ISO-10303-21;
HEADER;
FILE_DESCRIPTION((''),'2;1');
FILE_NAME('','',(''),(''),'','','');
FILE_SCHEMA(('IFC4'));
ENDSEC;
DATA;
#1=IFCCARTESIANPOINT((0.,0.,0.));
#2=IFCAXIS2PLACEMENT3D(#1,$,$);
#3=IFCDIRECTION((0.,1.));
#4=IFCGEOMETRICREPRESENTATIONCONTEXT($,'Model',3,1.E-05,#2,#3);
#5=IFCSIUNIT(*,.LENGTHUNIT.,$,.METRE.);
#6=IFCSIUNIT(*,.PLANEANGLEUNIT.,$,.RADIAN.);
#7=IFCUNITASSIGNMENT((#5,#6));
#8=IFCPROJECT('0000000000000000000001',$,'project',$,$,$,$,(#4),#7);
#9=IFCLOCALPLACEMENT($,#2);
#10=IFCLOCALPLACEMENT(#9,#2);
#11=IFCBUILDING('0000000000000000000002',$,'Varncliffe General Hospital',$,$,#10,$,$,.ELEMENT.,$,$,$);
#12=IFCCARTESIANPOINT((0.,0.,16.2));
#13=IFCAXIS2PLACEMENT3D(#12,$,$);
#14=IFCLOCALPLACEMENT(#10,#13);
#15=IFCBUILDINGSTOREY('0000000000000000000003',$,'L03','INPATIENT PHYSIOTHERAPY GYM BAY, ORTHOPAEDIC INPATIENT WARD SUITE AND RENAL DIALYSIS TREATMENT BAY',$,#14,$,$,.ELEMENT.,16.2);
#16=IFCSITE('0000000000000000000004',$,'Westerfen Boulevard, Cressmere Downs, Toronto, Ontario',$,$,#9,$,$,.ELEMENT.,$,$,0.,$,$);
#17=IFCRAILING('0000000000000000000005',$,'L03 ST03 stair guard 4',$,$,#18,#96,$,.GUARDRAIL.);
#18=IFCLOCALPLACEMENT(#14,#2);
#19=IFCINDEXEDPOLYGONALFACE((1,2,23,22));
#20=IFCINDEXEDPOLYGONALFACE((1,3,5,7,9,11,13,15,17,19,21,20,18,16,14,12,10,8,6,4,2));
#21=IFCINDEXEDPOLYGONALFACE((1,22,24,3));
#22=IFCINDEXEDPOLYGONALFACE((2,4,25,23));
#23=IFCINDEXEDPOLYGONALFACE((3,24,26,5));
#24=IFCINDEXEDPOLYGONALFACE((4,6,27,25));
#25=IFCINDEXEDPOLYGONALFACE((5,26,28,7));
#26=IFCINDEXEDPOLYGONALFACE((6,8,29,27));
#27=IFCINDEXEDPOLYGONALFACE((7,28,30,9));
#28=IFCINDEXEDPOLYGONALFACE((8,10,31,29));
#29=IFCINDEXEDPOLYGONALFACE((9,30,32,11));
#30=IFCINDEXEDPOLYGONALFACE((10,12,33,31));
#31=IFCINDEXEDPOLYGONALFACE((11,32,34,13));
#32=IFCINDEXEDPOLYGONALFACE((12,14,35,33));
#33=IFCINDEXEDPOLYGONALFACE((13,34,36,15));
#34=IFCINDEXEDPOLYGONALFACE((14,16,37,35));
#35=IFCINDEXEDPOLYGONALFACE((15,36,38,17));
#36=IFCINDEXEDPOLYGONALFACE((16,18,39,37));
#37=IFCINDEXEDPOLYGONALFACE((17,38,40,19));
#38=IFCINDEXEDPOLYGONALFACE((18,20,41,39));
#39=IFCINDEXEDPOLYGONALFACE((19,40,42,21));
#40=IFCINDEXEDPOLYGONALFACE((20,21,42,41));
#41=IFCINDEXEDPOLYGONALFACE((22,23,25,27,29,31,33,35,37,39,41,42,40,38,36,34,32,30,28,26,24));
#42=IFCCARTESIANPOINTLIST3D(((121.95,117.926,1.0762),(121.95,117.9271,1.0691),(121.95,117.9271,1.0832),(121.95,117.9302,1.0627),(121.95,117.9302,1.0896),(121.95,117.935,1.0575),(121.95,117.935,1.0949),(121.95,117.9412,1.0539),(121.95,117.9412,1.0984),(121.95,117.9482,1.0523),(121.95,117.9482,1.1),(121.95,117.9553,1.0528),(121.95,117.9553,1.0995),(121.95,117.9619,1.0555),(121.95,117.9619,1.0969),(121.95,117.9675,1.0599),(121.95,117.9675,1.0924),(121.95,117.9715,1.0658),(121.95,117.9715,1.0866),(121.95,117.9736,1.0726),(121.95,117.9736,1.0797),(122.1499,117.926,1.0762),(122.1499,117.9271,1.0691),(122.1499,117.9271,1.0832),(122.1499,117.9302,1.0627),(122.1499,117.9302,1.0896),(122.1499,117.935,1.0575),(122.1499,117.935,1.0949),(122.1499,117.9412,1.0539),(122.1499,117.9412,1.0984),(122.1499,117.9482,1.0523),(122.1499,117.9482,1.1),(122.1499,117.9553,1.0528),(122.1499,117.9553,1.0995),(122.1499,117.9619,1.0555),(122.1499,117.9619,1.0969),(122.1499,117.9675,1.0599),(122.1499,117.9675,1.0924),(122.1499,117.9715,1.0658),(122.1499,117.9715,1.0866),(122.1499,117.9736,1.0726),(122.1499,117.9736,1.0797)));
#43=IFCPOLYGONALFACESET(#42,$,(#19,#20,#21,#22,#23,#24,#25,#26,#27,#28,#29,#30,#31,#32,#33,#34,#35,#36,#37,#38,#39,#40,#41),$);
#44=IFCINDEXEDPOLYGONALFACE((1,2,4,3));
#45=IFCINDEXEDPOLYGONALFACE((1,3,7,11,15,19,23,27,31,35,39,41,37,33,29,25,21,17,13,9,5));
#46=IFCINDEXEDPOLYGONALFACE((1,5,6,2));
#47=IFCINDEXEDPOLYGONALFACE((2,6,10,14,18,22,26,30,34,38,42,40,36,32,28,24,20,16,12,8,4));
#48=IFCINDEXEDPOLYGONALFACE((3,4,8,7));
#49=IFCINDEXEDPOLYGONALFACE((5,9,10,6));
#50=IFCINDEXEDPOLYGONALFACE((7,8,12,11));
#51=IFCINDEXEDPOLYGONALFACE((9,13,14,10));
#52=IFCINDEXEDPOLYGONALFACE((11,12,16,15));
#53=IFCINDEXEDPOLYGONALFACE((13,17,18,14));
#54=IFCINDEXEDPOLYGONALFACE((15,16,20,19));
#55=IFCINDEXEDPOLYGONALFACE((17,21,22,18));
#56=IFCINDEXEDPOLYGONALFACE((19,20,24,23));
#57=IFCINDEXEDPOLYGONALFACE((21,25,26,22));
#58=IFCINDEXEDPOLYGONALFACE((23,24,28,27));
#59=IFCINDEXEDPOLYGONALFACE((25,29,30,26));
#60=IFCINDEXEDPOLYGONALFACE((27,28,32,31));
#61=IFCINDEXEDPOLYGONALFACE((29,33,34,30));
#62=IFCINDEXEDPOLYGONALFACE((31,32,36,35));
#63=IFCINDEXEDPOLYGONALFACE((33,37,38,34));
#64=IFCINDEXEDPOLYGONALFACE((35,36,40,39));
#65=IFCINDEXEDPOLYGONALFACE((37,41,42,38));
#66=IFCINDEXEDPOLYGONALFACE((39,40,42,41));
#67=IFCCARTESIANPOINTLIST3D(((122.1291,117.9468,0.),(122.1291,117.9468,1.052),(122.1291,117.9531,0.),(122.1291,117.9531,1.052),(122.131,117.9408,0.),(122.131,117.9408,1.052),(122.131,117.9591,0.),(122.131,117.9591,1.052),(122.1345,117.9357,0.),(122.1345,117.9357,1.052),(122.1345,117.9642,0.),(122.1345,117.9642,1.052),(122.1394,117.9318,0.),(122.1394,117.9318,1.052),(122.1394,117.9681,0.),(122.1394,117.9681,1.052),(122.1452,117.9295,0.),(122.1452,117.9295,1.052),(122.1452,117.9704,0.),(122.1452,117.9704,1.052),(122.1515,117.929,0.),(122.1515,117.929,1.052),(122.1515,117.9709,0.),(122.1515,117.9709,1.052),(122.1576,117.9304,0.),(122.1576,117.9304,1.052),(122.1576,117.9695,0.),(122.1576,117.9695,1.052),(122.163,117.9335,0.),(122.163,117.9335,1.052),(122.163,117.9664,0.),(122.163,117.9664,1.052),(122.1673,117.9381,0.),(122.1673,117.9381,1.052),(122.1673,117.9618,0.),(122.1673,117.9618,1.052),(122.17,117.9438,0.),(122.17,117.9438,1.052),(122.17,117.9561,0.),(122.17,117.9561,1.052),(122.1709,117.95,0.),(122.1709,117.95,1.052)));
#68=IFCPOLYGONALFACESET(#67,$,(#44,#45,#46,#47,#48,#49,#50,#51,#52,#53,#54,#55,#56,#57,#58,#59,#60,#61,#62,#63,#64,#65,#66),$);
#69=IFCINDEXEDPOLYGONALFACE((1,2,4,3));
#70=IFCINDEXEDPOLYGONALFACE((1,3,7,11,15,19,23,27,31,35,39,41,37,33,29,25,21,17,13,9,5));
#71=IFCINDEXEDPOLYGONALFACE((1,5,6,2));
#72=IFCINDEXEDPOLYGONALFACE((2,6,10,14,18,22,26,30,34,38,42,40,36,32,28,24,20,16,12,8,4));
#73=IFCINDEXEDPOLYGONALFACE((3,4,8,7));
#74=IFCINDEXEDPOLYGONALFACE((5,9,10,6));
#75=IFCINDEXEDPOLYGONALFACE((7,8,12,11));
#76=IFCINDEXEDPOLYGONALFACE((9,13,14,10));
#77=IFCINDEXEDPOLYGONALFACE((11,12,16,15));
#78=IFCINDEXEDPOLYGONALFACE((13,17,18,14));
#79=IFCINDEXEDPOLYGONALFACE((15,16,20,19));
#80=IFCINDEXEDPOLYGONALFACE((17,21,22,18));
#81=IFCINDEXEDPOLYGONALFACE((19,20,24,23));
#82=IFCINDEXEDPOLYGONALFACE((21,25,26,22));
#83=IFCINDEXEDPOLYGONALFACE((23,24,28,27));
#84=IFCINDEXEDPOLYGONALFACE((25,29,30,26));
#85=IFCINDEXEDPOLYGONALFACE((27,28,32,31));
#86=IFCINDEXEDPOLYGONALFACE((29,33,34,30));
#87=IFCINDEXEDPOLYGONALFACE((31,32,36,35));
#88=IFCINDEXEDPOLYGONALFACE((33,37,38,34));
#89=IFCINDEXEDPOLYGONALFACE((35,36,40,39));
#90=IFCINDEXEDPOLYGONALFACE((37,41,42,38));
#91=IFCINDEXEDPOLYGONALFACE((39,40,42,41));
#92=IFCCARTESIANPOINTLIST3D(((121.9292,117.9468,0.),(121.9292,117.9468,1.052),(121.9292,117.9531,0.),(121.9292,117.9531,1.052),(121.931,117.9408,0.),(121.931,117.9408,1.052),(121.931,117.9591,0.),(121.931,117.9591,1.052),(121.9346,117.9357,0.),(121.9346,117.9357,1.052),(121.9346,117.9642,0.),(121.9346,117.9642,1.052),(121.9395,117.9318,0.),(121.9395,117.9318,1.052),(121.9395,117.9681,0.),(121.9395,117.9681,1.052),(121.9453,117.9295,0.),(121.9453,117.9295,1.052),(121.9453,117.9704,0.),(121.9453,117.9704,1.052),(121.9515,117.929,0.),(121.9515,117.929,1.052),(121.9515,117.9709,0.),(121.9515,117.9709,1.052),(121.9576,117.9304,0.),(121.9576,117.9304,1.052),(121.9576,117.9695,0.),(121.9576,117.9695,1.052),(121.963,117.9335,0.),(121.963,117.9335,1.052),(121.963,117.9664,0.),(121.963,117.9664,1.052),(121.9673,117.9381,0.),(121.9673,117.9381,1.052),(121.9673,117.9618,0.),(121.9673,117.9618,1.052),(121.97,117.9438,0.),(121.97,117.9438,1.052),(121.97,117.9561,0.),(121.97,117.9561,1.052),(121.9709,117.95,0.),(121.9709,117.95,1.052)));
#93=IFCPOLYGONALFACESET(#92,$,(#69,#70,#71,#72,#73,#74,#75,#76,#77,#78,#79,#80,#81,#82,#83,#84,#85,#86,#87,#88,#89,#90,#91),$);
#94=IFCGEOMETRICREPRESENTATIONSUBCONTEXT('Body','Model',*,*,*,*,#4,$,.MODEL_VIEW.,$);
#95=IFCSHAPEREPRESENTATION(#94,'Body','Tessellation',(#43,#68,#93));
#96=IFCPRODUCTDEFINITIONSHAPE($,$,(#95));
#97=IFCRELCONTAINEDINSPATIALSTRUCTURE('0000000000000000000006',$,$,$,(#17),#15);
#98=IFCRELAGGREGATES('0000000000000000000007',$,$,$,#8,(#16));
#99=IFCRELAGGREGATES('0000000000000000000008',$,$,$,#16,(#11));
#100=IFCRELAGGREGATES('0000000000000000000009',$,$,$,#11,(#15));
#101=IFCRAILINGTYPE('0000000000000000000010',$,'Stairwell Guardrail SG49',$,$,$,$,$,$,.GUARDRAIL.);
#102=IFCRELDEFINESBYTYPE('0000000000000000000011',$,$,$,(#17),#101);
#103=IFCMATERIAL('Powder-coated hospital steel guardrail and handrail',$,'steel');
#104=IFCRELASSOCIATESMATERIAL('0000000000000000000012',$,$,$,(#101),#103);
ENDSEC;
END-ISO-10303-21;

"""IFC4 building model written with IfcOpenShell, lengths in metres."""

from ifc_helpers import new_model, si_unit, direction, frame, origin, origin_2d, place, context, subcontext, project, spatial, circle, extrude, material, type_object, element, save


model = new_model("IFC4")

# Units and contexts
model_context = context("Model", 3, precision=1e-05, world=origin(), true_north=direction((0.0, 1.0)))
body_context = subcontext(model_context, "Body", "Model", "MODEL_VIEW")
ifc_project = project(units=[si_unit("LENGTHUNIT", "METRE"), si_unit("PLANEANGLEUNIT", "RADIAN")], contexts=[model_context])

# Site, building, storey
site_placement = place(None, origin())
site = spatial("IfcSite", under=ifc_project, at=site_placement, Name="Westerfen Boulevard, Cressmere Downs, Toronto, Ontario", CompositionType="ELEMENT", RefElevation=0.0)
building_placement = place(site_placement, origin())
building = spatial("IfcBuilding", under=site, at=building_placement, Name="Varncliffe General Hospital", CompositionType="ELEMENT")
storey_placement = place(building_placement, frame((0.0, 0.0, 16.2)))
storey = spatial("IfcBuildingStorey", under=building, at=storey_placement, Name="L03", Description="INPATIENT PHYSIOTHERAPY GYM BAY, ORTHOPAEDIC INPATIENT WARD SUITE AND RENAL DIALYSIS TREATMENT BAY", CompositionType="ELEMENT", Elevation=16.2)

# Railing
ifc_material_1 = material(Name="Powder-coated hospital steel guardrail and handrail", Category="steel")
railing_type_1 = type_object("IfcRailingType", Name="Stairwell Guardrail SG49", PredefinedType="GUARDRAIL", material=ifc_material_1)
railing_1_placement = place(storey_placement, frame((122.1499, 117.95, 0.0)))
element("IfcRailing", 1, at=railing_1_placement, inside=storey, type_object=railing_type_1, Name="L03 ST03 stair guard 4", PredefinedType="GUARDRAIL", context=body_context, shape_type="SweptSolid", body=[
    extrude(circle(Radius=0.0239, at=origin_2d()), frame((0.0, 0.0, 1.0762), z_axis=(-1.0, 0.0, 0.0), x_axis=(0.0, -1.0, 0.0)), (0.0, 0.0, 1.0), 0.2),
    extrude(circle(Radius=0.021, at=origin_2d()), origin(), (0.0, 0.0, 1.0), 1.052),
    extrude(circle(Radius=0.021, at=origin_2d()), frame((-0.2, 0.0, 0.0)), (0.0, 0.0, 1.0), 1.052),
])

save(model, "model.ifc")
